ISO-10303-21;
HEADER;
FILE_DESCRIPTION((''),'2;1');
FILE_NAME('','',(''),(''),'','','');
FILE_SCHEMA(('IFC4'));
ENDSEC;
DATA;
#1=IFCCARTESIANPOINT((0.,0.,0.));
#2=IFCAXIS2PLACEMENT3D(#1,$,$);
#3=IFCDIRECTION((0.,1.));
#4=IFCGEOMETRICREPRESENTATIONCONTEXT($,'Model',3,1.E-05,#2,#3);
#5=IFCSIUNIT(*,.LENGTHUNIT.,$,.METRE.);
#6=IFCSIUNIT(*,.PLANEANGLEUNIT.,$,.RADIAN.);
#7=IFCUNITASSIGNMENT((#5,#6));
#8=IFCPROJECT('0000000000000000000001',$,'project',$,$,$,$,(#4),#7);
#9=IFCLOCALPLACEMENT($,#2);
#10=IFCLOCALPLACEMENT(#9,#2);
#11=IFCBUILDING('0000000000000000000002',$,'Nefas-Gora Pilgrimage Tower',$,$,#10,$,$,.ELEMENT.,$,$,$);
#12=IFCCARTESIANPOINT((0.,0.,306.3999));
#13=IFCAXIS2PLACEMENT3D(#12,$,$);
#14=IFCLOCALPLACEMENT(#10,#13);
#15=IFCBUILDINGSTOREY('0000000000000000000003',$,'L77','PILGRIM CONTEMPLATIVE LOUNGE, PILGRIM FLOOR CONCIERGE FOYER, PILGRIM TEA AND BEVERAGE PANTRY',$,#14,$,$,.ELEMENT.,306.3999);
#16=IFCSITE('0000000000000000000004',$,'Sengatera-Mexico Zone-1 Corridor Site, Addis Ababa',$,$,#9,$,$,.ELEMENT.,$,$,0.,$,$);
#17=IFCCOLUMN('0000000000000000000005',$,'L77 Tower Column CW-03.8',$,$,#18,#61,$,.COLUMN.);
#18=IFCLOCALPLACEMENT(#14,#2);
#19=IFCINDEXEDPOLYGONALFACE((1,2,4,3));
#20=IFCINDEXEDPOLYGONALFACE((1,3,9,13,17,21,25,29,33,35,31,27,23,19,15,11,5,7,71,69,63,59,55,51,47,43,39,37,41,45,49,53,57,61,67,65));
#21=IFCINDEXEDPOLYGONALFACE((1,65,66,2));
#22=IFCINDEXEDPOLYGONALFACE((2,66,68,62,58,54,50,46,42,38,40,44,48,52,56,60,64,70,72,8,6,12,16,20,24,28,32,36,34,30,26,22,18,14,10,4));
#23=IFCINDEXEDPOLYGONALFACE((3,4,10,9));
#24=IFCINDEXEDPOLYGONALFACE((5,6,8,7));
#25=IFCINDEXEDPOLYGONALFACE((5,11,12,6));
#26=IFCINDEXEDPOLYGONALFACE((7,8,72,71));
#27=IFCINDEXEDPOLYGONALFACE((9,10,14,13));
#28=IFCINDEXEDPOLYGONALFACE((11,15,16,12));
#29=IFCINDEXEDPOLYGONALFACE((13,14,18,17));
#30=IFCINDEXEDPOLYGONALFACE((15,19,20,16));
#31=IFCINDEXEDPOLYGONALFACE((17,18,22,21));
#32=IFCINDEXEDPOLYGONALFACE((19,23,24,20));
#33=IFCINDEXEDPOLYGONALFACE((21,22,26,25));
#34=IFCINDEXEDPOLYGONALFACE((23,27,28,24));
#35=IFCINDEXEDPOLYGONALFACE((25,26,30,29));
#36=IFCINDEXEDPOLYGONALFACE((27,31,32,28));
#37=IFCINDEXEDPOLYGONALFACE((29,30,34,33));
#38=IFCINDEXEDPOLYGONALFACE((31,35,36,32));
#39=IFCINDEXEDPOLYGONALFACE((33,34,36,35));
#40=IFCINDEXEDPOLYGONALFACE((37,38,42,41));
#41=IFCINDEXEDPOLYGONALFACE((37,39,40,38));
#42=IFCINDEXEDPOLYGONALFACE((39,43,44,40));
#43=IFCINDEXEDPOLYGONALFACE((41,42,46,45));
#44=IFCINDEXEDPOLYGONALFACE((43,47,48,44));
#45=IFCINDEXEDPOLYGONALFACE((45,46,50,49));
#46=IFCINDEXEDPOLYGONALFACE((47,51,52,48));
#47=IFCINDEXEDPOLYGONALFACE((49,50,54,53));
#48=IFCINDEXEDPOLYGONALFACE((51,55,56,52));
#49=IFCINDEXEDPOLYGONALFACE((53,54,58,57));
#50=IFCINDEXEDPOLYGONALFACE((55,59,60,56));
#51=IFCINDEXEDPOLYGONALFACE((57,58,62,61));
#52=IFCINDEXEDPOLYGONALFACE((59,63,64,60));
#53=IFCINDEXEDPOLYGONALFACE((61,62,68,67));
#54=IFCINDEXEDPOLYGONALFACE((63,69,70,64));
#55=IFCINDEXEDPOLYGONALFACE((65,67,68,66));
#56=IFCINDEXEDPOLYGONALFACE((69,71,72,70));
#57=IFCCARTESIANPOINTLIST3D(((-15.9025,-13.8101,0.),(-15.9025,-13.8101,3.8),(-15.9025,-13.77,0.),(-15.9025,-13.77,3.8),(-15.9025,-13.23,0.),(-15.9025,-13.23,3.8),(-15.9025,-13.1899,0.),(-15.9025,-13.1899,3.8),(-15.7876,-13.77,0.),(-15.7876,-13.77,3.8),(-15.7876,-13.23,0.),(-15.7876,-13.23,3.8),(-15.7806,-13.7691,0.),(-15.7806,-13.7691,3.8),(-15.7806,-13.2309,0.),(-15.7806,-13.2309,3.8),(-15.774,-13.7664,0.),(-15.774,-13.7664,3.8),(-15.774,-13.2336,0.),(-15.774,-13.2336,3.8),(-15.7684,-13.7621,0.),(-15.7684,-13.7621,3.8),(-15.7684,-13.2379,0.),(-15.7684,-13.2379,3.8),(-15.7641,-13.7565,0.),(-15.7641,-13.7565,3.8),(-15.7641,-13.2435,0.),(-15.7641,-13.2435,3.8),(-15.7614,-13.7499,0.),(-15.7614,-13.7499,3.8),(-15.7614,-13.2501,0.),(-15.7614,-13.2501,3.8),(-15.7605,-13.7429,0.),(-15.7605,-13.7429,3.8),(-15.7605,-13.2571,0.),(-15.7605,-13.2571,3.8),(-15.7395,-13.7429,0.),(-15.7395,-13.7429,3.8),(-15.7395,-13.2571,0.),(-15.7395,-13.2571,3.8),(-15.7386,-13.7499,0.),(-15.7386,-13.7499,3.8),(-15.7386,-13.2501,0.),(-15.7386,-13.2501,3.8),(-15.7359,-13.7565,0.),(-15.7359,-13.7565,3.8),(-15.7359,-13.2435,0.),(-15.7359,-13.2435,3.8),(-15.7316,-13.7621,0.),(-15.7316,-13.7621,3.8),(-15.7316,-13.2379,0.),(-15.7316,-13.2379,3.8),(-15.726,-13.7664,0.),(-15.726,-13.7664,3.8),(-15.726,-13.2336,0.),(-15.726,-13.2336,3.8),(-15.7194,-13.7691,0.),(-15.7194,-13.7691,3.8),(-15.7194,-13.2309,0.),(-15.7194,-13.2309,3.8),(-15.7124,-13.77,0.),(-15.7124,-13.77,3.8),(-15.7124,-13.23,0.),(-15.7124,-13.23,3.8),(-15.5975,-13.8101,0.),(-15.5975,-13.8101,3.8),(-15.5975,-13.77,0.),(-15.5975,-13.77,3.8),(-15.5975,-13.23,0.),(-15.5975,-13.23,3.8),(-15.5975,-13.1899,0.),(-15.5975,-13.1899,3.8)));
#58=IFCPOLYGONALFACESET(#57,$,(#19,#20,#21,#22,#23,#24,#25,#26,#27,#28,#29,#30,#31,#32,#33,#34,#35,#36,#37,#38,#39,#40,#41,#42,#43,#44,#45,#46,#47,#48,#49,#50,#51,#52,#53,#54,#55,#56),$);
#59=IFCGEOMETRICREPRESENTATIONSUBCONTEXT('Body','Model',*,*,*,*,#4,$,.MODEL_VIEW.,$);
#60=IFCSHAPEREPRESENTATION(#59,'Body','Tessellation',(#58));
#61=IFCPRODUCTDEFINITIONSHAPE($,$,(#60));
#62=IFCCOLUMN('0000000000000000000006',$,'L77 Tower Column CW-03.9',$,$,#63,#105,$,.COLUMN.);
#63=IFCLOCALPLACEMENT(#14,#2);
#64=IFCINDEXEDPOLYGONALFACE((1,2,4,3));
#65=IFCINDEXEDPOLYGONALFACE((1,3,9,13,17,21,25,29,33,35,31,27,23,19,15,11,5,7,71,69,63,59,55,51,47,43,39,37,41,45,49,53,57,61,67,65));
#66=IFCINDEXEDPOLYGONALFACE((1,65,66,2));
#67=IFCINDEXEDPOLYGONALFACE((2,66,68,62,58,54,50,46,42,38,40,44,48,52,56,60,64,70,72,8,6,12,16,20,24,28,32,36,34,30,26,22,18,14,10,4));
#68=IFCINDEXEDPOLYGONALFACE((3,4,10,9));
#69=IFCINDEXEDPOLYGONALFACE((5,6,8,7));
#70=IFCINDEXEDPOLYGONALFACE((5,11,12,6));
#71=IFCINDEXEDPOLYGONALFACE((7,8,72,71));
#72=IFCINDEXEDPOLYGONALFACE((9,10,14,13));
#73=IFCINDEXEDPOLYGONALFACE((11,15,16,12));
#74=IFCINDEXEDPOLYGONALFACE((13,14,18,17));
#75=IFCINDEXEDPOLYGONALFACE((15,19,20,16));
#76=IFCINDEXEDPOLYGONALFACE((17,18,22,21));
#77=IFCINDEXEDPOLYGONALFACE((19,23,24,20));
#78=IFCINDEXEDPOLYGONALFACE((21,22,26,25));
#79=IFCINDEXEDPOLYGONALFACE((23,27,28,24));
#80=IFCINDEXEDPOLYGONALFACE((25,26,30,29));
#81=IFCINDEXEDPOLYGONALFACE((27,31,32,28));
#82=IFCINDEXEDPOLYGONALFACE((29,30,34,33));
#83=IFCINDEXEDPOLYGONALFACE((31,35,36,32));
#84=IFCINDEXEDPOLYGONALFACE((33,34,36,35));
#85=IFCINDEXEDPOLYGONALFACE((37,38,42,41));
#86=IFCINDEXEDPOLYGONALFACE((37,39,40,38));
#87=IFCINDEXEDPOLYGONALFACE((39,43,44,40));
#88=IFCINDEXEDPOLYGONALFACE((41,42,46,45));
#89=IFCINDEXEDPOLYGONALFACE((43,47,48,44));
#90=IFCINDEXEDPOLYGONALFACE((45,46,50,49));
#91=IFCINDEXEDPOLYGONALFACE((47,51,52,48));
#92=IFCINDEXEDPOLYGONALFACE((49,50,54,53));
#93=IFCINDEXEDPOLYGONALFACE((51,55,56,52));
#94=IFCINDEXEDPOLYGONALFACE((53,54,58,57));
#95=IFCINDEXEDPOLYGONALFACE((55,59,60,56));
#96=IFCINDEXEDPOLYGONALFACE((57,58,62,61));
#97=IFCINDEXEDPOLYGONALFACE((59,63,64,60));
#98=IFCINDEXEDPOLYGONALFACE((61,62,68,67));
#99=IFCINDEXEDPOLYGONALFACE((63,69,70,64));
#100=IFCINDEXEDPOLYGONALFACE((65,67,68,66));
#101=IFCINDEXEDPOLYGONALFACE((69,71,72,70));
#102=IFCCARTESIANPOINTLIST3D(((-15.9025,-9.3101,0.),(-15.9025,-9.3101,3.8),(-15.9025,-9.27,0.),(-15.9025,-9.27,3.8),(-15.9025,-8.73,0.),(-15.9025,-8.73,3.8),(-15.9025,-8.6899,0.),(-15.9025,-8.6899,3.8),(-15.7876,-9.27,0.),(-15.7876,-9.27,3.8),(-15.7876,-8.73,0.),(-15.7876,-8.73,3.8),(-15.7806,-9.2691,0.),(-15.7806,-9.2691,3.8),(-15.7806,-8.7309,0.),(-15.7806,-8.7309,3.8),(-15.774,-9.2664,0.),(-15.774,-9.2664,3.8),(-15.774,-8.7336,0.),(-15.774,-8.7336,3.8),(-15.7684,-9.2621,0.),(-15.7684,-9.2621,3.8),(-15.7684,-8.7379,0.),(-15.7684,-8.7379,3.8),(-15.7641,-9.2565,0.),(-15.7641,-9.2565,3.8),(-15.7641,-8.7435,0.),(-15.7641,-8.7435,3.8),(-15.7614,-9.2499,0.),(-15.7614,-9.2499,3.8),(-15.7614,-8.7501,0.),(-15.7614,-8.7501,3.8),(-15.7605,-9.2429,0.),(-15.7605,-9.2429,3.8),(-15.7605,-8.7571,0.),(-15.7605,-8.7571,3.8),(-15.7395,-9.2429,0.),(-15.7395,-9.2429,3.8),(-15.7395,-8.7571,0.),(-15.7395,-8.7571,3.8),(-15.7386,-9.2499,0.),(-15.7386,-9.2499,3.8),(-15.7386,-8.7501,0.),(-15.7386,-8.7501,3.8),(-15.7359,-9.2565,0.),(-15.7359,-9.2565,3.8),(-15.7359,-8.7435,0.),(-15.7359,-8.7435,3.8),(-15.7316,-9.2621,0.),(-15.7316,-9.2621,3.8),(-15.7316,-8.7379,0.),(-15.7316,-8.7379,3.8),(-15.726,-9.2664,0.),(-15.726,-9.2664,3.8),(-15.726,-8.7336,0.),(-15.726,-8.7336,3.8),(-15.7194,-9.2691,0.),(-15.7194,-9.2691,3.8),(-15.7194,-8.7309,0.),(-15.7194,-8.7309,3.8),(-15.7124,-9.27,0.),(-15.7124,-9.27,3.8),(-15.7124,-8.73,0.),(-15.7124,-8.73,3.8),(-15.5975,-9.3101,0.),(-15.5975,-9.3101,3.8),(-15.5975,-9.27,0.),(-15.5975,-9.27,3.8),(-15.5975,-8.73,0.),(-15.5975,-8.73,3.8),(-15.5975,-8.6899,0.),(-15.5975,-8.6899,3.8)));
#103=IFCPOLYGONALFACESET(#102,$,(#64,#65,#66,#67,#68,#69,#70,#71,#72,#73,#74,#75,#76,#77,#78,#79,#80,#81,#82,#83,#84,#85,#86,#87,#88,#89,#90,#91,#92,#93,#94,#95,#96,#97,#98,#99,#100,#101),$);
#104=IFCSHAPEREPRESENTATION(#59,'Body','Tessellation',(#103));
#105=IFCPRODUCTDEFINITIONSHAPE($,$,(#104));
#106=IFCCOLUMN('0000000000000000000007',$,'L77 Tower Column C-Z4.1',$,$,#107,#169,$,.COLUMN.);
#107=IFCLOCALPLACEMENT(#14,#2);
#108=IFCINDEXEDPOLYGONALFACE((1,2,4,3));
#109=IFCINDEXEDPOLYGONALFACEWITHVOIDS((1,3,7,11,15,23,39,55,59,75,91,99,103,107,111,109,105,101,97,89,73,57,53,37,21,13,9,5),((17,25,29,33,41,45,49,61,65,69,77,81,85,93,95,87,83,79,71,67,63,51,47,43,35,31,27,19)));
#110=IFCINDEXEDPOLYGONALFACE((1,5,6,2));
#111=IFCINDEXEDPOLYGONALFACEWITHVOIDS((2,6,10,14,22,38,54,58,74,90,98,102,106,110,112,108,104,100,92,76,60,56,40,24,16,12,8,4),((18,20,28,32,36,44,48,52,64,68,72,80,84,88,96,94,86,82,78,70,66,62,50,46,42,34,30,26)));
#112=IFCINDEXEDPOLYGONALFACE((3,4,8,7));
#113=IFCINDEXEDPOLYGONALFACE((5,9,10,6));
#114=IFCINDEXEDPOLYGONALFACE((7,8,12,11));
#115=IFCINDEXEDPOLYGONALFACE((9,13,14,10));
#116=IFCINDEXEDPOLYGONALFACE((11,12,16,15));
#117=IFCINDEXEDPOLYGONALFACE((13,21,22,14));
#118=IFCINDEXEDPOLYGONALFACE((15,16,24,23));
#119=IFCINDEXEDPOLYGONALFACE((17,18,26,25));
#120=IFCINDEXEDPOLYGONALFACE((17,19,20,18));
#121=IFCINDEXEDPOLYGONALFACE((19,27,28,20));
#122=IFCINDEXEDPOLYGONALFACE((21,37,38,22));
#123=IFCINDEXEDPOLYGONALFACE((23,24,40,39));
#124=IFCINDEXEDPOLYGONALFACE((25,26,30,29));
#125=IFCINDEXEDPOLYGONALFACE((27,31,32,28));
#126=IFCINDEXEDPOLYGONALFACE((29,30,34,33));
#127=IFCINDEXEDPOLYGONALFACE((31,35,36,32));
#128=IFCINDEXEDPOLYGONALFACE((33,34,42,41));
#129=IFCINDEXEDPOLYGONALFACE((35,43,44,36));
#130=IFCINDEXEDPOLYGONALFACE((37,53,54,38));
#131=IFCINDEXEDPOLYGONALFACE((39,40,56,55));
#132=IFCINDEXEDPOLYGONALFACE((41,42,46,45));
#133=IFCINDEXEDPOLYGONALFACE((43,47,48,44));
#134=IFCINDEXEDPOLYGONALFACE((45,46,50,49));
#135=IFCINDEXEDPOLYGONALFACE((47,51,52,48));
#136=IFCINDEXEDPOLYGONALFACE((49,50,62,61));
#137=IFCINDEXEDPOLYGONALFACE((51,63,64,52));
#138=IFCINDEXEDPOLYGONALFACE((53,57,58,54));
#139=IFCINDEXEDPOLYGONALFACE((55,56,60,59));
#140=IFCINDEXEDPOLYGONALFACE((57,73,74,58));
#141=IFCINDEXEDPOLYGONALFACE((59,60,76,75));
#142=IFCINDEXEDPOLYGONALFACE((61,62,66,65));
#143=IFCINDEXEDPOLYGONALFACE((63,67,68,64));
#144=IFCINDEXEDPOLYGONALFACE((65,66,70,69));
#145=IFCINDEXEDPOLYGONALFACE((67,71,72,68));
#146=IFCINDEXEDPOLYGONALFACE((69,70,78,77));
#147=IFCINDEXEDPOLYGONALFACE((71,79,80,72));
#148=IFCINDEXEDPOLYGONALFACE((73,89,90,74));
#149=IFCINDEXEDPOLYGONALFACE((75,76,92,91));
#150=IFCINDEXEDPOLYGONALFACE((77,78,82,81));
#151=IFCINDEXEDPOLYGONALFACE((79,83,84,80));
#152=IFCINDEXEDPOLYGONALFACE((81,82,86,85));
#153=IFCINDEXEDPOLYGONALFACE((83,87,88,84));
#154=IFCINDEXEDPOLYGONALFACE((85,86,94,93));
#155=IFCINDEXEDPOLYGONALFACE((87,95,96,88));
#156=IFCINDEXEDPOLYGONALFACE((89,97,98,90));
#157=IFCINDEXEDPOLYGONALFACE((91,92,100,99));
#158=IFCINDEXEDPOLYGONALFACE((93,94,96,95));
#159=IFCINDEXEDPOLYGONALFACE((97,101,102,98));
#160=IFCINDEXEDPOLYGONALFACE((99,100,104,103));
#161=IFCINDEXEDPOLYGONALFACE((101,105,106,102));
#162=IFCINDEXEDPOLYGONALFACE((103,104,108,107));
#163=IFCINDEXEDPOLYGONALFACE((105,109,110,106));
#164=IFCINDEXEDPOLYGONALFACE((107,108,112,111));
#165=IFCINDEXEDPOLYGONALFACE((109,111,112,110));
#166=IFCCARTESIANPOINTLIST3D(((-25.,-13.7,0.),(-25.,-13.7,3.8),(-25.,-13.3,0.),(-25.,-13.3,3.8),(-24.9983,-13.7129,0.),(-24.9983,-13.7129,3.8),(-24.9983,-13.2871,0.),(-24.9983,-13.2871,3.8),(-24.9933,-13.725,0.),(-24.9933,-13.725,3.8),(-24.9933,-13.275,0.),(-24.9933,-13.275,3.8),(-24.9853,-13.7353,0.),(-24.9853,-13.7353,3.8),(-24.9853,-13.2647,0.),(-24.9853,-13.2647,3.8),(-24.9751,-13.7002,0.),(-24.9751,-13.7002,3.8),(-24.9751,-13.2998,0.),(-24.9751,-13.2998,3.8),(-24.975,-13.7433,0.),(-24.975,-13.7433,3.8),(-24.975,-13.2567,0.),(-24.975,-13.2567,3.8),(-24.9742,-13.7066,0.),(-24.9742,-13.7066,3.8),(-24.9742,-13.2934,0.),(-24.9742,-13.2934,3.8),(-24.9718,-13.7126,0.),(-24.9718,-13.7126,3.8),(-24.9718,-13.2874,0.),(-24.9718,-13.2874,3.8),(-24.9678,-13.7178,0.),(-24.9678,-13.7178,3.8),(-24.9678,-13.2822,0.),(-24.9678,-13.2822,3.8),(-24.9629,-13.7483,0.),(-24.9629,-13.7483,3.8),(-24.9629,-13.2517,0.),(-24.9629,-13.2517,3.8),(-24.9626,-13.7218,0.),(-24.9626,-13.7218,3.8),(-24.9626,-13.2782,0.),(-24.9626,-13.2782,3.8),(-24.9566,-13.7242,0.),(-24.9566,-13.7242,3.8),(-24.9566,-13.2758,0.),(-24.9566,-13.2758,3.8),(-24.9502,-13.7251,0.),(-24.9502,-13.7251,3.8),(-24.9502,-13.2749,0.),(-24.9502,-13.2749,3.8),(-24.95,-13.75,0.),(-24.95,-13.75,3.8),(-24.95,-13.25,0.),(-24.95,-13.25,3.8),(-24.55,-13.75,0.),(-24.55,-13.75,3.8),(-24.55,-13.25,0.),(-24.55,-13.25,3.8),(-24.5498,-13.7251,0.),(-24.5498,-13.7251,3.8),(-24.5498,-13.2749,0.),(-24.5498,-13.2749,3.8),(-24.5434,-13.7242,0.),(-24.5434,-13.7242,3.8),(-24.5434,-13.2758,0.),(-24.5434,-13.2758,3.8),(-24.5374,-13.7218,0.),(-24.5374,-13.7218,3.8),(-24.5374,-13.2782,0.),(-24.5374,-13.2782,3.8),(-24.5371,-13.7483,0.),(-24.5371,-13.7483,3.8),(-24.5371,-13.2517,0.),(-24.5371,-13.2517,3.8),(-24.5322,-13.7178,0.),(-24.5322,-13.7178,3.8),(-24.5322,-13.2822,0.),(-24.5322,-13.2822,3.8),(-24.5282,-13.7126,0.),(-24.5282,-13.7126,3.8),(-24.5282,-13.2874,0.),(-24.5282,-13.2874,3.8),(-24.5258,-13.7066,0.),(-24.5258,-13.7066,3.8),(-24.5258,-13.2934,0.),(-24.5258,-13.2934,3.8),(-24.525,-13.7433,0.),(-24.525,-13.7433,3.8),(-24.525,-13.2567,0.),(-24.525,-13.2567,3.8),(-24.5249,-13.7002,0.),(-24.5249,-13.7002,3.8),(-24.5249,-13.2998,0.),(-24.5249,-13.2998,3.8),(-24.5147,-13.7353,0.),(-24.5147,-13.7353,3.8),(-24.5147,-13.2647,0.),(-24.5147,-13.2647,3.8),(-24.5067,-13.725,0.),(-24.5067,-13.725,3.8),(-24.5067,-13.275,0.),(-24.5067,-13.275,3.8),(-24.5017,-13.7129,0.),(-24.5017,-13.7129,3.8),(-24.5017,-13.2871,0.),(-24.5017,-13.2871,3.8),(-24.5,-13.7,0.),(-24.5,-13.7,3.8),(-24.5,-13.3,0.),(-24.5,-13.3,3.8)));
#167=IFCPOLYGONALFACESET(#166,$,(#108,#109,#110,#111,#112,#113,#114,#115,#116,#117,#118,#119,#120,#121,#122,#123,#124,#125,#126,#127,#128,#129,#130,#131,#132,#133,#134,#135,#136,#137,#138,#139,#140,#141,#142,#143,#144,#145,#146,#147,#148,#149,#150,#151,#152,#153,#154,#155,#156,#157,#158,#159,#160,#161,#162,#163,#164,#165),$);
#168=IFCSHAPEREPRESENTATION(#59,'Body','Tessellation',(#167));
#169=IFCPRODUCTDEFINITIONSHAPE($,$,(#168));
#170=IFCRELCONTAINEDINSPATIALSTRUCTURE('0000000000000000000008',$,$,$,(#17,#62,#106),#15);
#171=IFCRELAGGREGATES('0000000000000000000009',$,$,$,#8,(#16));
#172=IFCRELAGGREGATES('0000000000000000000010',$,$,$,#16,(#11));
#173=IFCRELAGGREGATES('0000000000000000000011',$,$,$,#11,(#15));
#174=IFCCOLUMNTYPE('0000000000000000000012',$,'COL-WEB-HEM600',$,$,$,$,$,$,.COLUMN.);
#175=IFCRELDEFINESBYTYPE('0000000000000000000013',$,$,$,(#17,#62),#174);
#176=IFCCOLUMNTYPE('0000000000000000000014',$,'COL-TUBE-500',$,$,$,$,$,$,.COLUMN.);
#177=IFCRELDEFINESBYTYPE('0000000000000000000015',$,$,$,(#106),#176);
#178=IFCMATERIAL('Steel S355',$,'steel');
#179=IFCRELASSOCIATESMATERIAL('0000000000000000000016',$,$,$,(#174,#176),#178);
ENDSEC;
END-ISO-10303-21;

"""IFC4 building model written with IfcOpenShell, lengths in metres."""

from ifc_helpers import new_model, si_unit, direction, frame, origin, origin_2d, place, context, subcontext, project, spatial, hollow_rectangle, i_section, extrude, source, transform, mapped, material, material_profile, profile_set, type_object, element, save


model = new_model("IFC4")

# Units and contexts
model_context = context("Model", 3, precision=1e-05, world=origin(), true_north=direction((0.0, 1.0)))
body_context = subcontext(model_context, "Body", "Model", "MODEL_VIEW")
ifc_project = project(units=[si_unit("LENGTHUNIT", "METRE"), si_unit("PLANEANGLEUNIT", "RADIAN")], contexts=[model_context])

# Site, building, storey
site_placement = place(None, origin())
site = spatial("IfcSite", under=ifc_project, at=site_placement, Name="Sengatera-Mexico Zone-1 Corridor Site, Addis Ababa", CompositionType="ELEMENT", RefElevation=0.0)
building_placement = place(site_placement, origin())
building = spatial("IfcBuilding", under=site, at=building_placement, Name="Nefas-Gora Pilgrimage Tower", CompositionType="ELEMENT")
storey_placement = place(building_placement, frame((0.0, 0.0, 306.3999)))
storey = spatial("IfcBuildingStorey", under=building, at=storey_placement, Name="L77", Description="PILGRIM CONTEMPLATIVE LOUNGE, PILGRIM FLOOR CONCIERGE FOYER, PILGRIM TEA AND BEVERAGE PANTRY", CompositionType="ELEMENT", Elevation=306.3999)

# Columns
ifc_material_1 = material(Name="Steel S355", Category="steel")
ifc_material_profile_1 = material_profile(ifc_material_1, i_section(OverallWidth=0.3049, OverallDepth=0.6201, WebThickness=0.021, FlangeThickness=0.04, FilletRadius=0.0271, at=origin_2d()), Name="HEM 600")
ifc_profile_set_1 = profile_set([ifc_material_profile_1], Name="Steel S355")
column_type_1 = type_object("IfcColumnType", Name="COL-WEB-HEM600", PredefinedType="COLUMN", material=ifc_profile_set_1)
shared_shape_1 = source(origin(), body_context, "Body", "SweptSolid", [
    extrude(i_section(OverallWidth=0.3049, OverallDepth=0.6201, WebThickness=0.021, FlangeThickness=0.04, FilletRadius=0.0271, at=origin_2d()), origin(), (0.0, 0.0, 1.0), 3.8),
])
for number, where, z_axis, x_axis, name in (
    (1, (-15.75, -13.5, 0.0), (0.0, 0.0, 1.0), (1.0, 0.0, 0.0), "L77 Tower Column CW-03.8"),
    (2, (-15.75, -9.0, 0.0), (0.0, 0.0, 1.0), (1.0, 0.0, 0.0), "L77 Tower Column CW-03.9"),
):
    element("IfcColumn", number, at=place(storey_placement, frame(where, z_axis=z_axis, x_axis=x_axis)), inside=storey, type_object=column_type_1, Name=name, PredefinedType="COLUMN", context=body_context, shape_type="MappedRepresentation", body=[
        mapped(shared_shape_1, transform((0.0, 0.0, 0.0), x_axis=(1.0, 0.0, 0.0), y_axis=(0.0, 1.0, 0.0), z_axis=(0.0, 0.0, 1.0), scale=1.0)),
    ])
ifc_material_profile_2 = material_profile(ifc_material_1, hollow_rectangle(XDim=0.5, YDim=0.5, WallThickness=0.0249, InnerFilletRadius=0.0249, OuterFilletRadius=0.05, at=origin_2d()), Name="SHS 500x500x25")
ifc_profile_set_2 = profile_set([ifc_material_profile_2], Name="Steel S355")
column_type_2 = type_object("IfcColumnType", Name="COL-TUBE-500", PredefinedType="COLUMN", material=ifc_profile_set_2)
shared_shape_2 = source(origin(), body_context, "Body", "SweptSolid", [
    extrude(hollow_rectangle(XDim=0.5, YDim=0.5, WallThickness=0.0249, InnerFilletRadius=0.0249, OuterFilletRadius=0.05, at=origin_2d()), origin(), (0.0, 0.0, 1.0), 3.8),
])
for number, where, z_axis, x_axis, name in (
    (3, (-24.75, -13.5, 0.0), (0.0, 0.0, 1.0), (1.0, 0.0, 0.0), "L77 Tower Column C-Z4.1"),
):
    element("IfcColumn", number, at=place(storey_placement, frame(where, z_axis=z_axis, x_axis=x_axis)), inside=storey, type_object=column_type_2, Name=name, PredefinedType="COLUMN", context=body_context, shape_type="MappedRepresentation", body=[
        mapped(shared_shape_2, transform((0.0, 0.0, 0.0), x_axis=(1.0, 0.0, 0.0), y_axis=(0.0, 1.0, 0.0), z_axis=(0.0, 0.0, 1.0), scale=1.0)),
    ])

save(model, "model.ifc")
